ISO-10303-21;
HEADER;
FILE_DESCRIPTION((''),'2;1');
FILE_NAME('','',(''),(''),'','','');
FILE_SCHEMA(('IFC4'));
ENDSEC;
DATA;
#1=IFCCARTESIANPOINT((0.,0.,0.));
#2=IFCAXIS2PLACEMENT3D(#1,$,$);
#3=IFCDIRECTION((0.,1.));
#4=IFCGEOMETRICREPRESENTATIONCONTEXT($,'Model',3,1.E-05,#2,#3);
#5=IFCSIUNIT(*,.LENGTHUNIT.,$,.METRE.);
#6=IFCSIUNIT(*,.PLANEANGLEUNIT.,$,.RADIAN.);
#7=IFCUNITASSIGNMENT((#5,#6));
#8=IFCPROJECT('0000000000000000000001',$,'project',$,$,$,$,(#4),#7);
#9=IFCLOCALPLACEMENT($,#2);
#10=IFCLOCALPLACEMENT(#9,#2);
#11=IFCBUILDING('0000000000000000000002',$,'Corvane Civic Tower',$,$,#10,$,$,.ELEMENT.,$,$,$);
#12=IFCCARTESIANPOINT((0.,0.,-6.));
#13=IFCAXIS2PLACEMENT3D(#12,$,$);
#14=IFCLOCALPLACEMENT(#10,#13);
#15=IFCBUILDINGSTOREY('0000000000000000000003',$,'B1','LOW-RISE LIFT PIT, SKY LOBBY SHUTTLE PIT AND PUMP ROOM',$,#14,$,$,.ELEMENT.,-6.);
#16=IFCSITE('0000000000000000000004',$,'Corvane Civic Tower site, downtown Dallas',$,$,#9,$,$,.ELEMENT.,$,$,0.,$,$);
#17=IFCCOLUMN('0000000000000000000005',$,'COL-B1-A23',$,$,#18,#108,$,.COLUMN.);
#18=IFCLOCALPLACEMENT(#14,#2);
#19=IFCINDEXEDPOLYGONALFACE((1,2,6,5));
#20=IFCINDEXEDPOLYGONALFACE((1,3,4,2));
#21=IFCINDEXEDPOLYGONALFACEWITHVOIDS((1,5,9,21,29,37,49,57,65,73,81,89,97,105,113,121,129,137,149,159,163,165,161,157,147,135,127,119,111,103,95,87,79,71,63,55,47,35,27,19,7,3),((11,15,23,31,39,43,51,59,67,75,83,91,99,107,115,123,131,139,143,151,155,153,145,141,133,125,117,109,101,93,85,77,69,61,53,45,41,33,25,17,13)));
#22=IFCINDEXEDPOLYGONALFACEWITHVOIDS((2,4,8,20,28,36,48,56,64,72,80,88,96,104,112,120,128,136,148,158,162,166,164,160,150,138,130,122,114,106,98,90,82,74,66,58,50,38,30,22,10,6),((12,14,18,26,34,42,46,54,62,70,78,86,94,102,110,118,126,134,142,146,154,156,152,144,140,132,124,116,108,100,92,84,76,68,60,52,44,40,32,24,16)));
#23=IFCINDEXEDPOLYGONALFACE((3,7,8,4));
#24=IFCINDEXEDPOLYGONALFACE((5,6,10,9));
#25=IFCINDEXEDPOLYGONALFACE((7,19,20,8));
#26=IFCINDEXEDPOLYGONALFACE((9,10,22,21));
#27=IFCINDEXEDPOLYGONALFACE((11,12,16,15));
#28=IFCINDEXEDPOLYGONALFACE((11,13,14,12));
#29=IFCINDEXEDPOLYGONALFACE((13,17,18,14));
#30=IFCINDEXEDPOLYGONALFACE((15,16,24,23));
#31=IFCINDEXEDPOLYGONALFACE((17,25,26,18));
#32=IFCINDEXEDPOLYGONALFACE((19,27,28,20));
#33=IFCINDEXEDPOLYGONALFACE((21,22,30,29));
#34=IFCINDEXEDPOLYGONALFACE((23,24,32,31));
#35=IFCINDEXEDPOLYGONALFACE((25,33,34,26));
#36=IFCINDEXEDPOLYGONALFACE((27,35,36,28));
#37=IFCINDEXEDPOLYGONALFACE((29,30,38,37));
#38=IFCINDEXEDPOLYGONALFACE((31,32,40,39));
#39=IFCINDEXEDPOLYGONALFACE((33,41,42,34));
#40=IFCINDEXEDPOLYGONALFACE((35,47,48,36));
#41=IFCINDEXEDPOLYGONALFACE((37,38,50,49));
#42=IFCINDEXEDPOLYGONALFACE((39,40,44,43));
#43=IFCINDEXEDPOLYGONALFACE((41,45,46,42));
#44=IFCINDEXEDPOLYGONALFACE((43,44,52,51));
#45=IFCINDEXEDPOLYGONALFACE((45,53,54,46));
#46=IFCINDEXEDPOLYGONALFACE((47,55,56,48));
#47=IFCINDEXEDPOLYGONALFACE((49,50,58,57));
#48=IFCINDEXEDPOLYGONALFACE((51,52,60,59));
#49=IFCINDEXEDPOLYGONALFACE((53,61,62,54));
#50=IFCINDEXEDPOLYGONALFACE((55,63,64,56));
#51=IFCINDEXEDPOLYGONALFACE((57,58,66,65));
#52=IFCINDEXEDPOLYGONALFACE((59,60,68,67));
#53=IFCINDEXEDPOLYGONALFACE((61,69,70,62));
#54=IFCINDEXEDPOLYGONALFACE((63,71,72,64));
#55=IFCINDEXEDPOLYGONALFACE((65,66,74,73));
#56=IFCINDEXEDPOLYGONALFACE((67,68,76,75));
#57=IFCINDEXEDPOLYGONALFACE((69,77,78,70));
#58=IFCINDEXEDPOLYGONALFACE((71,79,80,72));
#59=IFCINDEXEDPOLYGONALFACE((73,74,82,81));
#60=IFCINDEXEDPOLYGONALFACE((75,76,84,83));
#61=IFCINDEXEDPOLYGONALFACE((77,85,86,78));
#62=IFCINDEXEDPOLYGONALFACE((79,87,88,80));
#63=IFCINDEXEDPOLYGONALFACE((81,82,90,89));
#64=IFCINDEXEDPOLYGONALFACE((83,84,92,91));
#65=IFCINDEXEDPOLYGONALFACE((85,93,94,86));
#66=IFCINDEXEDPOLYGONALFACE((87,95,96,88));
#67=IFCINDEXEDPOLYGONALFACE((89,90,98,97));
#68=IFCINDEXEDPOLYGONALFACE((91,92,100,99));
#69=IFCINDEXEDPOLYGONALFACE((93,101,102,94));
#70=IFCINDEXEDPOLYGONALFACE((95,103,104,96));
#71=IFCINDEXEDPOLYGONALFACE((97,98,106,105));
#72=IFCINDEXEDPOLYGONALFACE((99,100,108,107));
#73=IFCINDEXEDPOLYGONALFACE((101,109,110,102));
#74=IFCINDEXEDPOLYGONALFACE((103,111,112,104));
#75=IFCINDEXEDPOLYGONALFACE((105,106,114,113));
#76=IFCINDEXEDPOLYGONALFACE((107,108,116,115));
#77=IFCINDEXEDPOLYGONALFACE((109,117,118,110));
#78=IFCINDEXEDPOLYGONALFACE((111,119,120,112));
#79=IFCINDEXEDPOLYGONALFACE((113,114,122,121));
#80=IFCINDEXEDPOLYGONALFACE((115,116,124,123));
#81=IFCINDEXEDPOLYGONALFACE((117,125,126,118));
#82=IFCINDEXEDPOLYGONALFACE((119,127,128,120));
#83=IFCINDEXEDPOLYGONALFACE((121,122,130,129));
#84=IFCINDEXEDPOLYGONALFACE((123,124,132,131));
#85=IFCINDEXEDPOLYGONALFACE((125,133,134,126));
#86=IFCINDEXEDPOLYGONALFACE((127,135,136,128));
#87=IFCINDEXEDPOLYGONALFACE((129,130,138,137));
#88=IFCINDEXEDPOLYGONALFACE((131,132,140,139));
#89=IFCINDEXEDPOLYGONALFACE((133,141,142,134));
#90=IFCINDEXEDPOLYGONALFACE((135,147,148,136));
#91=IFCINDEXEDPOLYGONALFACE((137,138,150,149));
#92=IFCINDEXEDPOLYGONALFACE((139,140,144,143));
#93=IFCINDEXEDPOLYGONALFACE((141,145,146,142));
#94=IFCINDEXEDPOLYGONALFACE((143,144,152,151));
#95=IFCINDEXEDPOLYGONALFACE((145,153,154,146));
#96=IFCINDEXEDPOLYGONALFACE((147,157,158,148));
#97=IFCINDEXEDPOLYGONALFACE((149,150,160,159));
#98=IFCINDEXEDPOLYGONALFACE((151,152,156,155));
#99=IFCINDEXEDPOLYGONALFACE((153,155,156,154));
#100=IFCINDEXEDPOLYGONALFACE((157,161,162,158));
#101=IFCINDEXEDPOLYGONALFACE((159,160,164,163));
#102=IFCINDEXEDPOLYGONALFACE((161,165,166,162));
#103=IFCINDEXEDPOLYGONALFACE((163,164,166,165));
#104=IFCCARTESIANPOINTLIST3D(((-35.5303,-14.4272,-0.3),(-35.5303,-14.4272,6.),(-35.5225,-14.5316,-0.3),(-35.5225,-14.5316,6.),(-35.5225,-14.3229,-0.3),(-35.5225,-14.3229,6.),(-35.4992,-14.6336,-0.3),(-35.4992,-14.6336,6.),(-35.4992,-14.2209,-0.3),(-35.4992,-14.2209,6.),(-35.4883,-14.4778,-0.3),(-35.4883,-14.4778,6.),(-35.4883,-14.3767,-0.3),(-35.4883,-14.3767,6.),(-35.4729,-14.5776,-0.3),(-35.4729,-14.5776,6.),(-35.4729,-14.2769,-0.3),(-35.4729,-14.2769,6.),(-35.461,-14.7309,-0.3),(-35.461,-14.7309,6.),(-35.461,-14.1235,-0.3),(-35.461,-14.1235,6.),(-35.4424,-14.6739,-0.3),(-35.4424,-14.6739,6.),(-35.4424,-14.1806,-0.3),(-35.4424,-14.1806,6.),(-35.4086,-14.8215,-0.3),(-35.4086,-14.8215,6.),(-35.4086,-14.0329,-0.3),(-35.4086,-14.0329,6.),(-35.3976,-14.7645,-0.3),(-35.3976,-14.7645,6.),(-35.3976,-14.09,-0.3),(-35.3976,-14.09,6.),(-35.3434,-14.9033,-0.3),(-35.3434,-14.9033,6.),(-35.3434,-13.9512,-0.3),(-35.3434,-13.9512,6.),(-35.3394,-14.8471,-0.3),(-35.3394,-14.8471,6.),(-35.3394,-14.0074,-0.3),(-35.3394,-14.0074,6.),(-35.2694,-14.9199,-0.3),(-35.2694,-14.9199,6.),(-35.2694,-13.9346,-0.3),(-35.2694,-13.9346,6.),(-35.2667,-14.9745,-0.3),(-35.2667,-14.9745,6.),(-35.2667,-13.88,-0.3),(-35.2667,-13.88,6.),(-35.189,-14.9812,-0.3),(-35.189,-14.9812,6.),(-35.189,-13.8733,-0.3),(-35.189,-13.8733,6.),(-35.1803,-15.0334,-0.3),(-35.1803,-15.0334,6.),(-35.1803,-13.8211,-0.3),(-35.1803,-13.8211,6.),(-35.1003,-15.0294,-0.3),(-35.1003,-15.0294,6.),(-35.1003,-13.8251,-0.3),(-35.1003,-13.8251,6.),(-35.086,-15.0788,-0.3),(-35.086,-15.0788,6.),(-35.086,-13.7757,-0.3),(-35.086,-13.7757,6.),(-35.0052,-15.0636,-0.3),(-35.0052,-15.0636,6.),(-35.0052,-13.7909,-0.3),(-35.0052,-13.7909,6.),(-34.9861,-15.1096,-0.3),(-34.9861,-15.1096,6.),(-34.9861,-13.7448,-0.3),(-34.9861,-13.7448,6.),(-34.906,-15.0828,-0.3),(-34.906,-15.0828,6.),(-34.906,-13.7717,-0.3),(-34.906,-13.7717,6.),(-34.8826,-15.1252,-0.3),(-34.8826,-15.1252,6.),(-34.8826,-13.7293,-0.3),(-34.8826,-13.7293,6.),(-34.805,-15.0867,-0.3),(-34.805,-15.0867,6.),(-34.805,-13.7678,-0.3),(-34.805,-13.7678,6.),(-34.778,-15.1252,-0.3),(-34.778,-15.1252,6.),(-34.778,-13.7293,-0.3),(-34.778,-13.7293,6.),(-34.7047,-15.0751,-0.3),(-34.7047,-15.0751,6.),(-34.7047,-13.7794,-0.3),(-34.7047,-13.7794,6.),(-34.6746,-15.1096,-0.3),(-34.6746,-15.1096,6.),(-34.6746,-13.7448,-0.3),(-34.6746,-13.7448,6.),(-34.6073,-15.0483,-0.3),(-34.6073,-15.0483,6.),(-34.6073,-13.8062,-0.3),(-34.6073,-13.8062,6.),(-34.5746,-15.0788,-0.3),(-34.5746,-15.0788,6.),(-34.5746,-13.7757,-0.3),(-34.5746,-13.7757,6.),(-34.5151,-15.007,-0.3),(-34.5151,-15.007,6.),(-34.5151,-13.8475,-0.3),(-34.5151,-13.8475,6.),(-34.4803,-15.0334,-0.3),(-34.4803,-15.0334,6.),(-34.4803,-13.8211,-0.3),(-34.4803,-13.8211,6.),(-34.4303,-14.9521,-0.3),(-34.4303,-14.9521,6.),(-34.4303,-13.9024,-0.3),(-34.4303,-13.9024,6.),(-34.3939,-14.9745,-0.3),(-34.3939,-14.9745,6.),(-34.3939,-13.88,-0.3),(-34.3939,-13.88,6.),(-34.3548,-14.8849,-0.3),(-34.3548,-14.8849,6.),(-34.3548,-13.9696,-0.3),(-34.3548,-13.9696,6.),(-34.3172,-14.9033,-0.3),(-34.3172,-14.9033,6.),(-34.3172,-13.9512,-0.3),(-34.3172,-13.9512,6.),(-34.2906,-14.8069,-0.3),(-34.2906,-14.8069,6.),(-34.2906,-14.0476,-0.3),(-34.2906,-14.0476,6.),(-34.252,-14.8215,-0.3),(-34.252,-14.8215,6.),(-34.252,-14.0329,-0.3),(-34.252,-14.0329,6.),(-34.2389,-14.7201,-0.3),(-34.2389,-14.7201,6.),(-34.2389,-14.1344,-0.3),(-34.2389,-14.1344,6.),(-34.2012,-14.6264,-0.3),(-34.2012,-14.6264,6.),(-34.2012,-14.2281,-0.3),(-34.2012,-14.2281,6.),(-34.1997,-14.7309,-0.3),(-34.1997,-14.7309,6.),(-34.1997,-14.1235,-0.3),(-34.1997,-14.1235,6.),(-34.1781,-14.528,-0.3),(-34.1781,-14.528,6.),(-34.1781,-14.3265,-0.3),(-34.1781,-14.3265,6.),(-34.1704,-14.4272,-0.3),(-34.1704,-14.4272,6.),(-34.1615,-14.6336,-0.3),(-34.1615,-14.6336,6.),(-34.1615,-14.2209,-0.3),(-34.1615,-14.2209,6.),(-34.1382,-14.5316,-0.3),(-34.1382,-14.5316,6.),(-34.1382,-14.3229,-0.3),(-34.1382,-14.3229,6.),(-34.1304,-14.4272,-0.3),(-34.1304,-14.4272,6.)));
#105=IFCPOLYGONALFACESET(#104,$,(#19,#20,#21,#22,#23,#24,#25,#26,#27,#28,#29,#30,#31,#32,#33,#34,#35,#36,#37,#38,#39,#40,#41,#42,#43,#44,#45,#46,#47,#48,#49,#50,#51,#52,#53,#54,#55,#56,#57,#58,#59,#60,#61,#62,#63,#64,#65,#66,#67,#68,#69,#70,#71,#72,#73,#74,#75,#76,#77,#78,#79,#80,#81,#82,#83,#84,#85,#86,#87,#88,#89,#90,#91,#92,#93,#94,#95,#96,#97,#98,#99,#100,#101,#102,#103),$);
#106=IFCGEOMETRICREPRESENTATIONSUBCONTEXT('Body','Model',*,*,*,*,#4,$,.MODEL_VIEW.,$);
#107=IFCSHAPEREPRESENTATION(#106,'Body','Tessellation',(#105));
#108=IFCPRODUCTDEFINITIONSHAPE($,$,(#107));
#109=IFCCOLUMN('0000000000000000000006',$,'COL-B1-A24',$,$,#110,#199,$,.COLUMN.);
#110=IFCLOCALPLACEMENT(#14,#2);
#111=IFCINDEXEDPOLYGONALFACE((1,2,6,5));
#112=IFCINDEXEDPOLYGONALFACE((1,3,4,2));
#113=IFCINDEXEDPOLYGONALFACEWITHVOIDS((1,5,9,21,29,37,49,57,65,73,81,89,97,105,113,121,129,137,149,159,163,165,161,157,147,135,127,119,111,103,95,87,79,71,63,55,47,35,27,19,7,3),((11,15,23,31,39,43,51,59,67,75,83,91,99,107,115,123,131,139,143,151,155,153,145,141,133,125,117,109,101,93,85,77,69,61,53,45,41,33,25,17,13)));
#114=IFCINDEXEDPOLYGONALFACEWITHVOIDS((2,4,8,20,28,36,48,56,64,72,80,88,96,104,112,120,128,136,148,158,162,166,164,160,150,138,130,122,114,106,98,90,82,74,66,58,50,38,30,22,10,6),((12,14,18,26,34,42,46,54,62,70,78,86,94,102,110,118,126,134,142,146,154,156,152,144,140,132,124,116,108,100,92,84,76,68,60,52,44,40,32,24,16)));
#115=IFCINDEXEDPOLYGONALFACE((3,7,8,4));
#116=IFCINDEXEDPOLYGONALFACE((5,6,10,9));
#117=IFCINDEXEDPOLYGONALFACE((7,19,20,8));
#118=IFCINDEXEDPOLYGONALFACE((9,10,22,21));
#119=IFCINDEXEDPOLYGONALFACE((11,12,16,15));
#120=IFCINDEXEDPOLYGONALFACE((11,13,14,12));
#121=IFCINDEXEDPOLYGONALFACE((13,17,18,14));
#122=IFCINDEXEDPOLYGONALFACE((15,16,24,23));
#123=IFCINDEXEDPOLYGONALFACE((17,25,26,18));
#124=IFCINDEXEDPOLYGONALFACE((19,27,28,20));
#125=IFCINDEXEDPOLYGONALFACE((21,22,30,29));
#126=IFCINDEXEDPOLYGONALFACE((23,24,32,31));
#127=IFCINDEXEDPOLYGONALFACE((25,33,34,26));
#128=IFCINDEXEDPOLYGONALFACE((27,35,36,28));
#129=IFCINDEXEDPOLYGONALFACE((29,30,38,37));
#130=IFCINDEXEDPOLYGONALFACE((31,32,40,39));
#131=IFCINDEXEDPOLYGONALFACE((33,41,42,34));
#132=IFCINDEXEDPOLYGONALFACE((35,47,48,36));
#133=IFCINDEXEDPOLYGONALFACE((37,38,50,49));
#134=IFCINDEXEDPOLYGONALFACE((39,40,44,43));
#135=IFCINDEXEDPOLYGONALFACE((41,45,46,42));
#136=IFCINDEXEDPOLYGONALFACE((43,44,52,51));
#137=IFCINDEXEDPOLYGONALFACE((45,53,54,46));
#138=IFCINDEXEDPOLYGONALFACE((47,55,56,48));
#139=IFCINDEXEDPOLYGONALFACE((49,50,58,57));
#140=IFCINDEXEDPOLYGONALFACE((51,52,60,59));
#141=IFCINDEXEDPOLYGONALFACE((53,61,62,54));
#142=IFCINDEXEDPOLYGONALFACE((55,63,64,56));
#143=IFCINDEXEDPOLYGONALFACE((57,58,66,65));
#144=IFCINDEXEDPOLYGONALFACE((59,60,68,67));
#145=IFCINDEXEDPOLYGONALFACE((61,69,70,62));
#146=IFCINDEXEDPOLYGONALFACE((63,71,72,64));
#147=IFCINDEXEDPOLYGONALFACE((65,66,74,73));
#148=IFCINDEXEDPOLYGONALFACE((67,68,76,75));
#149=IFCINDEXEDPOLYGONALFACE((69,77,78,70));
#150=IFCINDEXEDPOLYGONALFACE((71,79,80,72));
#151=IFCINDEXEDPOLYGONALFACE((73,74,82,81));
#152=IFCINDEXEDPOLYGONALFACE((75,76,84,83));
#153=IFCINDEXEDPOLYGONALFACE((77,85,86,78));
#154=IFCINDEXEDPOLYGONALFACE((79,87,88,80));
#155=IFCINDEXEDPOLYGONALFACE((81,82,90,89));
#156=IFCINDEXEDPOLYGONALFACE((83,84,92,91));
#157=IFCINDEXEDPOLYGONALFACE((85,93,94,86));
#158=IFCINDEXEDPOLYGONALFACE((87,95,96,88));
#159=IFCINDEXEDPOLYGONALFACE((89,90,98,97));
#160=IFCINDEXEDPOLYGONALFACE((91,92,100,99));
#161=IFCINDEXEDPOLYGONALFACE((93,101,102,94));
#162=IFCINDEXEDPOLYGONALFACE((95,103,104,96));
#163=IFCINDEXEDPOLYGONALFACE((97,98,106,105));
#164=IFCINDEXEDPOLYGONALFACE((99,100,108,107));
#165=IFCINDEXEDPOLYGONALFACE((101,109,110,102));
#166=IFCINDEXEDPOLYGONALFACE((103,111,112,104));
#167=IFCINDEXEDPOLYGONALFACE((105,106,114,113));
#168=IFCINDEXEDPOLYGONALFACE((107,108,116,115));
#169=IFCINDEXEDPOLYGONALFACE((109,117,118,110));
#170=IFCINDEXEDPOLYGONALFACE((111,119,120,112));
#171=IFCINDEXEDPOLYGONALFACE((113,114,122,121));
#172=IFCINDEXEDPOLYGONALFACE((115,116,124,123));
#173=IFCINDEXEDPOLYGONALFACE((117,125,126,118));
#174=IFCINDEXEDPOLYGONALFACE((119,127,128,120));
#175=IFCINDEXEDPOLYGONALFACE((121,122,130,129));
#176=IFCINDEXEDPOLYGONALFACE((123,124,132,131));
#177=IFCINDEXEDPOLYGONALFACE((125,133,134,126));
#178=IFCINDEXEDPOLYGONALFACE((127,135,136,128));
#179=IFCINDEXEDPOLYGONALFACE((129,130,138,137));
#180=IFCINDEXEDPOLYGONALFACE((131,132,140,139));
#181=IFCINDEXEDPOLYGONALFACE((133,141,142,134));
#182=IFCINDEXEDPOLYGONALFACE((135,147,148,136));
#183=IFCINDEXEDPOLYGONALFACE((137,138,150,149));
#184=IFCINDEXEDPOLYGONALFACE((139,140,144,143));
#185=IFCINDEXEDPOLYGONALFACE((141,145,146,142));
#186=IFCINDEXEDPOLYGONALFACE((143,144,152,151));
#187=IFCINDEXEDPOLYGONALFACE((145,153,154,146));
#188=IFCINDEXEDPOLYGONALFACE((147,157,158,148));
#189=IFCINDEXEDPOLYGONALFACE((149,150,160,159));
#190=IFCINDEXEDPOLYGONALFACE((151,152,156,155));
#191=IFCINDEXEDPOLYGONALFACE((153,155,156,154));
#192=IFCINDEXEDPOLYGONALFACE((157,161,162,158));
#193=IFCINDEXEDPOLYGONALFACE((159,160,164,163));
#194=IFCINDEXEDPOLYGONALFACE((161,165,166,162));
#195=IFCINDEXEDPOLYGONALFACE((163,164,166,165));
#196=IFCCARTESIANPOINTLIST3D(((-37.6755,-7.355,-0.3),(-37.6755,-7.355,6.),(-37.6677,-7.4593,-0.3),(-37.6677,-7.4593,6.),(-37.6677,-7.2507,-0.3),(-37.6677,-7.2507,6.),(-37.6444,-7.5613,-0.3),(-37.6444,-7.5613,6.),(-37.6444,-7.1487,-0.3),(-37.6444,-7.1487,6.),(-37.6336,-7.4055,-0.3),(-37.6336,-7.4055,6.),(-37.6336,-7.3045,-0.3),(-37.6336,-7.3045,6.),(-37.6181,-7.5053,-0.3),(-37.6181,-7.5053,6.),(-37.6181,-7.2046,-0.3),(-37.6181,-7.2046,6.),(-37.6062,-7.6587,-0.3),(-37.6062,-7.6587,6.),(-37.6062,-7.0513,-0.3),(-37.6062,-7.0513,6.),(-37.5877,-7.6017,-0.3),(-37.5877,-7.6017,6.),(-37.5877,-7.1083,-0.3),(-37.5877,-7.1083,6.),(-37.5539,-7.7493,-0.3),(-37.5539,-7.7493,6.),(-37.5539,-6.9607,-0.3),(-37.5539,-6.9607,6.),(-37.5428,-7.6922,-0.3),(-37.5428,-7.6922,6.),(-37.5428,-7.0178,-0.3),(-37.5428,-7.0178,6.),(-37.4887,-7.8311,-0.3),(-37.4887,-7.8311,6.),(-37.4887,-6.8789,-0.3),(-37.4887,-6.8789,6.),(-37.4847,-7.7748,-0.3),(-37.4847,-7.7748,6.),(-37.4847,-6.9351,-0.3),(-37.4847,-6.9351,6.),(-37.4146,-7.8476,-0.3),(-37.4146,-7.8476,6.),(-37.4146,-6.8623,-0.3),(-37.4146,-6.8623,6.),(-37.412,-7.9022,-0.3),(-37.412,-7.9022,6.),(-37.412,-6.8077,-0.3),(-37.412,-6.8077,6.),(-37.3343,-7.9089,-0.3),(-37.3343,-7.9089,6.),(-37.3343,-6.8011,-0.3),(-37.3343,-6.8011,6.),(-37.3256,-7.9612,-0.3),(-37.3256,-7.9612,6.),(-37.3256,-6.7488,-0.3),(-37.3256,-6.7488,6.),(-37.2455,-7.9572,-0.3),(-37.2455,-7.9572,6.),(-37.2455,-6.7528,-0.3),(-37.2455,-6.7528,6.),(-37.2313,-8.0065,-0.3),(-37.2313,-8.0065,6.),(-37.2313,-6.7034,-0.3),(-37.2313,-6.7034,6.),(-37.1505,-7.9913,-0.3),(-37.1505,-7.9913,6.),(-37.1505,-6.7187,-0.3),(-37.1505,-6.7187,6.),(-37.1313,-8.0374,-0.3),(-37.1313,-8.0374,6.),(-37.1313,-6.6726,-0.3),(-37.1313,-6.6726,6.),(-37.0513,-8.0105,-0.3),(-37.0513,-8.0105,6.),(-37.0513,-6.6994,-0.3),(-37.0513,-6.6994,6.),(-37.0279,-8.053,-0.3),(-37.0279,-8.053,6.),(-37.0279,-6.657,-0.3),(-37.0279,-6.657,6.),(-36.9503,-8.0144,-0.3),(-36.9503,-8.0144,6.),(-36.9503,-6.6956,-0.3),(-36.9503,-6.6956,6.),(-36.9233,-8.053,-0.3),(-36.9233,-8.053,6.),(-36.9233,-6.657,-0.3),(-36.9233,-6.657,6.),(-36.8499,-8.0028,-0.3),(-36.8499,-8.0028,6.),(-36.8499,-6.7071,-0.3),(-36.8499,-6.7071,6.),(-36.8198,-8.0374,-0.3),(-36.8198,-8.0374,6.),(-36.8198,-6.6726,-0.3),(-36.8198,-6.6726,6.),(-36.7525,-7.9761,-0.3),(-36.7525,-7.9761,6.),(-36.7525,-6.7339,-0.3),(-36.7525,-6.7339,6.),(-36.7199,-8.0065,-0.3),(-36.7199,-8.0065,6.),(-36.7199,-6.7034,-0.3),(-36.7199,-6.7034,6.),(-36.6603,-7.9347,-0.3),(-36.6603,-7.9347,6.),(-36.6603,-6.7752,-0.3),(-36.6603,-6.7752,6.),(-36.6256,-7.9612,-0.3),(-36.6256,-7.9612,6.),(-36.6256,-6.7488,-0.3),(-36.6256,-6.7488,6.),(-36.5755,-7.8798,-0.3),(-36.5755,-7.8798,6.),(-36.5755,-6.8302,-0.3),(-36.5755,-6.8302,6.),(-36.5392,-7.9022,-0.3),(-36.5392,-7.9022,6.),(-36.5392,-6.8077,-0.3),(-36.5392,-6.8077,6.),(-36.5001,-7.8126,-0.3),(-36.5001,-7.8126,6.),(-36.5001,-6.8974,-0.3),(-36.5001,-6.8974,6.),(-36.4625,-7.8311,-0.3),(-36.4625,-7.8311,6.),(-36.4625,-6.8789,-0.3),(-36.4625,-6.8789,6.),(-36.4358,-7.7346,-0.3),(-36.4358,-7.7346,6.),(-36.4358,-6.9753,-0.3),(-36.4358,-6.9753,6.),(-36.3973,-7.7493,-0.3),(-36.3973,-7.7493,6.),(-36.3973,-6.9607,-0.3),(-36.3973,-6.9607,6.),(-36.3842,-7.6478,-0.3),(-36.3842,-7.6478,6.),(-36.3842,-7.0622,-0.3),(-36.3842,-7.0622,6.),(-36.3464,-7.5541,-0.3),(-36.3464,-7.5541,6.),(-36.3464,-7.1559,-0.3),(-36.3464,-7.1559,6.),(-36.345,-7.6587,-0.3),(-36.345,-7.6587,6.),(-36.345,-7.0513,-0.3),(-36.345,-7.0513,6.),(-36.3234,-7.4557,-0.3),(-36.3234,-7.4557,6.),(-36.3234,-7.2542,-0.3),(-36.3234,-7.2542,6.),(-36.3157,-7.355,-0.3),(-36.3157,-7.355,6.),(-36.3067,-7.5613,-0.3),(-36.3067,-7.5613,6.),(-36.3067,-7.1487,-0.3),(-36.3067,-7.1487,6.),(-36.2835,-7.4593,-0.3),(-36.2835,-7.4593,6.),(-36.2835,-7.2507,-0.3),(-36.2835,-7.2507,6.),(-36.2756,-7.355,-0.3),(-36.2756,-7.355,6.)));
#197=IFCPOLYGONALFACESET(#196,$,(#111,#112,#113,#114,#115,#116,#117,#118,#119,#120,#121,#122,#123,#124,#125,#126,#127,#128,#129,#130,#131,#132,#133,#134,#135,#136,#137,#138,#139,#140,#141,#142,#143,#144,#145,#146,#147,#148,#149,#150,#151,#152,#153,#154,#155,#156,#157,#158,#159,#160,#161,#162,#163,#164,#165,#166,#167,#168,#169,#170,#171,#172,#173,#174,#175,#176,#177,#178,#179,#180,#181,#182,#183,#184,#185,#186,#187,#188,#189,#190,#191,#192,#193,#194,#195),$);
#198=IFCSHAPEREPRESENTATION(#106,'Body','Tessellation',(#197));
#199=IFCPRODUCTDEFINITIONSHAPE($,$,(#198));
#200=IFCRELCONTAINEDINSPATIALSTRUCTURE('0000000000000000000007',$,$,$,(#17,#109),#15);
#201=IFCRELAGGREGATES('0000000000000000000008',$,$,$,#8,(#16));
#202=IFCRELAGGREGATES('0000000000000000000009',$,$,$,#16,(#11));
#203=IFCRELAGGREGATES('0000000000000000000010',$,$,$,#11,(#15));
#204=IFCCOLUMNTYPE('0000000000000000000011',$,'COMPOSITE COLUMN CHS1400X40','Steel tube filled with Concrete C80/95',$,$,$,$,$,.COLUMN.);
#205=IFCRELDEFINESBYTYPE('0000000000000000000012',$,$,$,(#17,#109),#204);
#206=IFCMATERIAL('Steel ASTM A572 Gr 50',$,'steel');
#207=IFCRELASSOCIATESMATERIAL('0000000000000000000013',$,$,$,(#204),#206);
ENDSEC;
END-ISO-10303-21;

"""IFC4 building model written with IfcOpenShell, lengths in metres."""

from ifc_helpers import new_model, si_unit, direction, frame, origin, origin_2d, place, context, subcontext, project, spatial, hollow_circle, extrude, material, material_profile, profile_set, type_object, element, save


model = new_model("IFC4")

# Units and contexts
model_context = context("Model", 3, precision=1e-05, world=origin(), true_north=direction((0.0, 1.0)))
body_context = subcontext(model_context, "Body", "Model", "MODEL_VIEW")
ifc_project = project(units=[si_unit("LENGTHUNIT", "METRE"), si_unit("PLANEANGLEUNIT", "RADIAN")], contexts=[model_context])

# Site, building, storey
site_placement = place(None, origin())
site = spatial("IfcSite", under=ifc_project, at=site_placement, Name="Corvane Civic Tower site, downtown Dallas", CompositionType="ELEMENT", RefElevation=0.0)
building_placement = place(site_placement, origin())
building = spatial("IfcBuilding", under=site, at=building_placement, Name="Corvane Civic Tower", CompositionType="ELEMENT")
storey_placement = place(building_placement, frame((0.0, 0.0, -6.0)))
storey = spatial("IfcBuildingStorey", under=building, at=storey_placement, Name="B1", Description="LOW-RISE LIFT PIT, SKY LOBBY SHUTTLE PIT AND PUMP ROOM", CompositionType="ELEMENT", Elevation=-6.0)

# Columns
ifc_material_1 = material(Name="Steel ASTM A572 Gr 50", Category="steel")
ifc_material_profile_1 = material_profile(ifc_material_1, hollow_circle(Radius=0.7, WallThickness=0.04, at=origin_2d()), Name="CHS1400X40")
ifc_profile_set_1 = profile_set([ifc_material_profile_1], Name="Steel ASTM A572 Gr 50")
column_type = type_object("IfcColumnType", Name="COMPOSITE COLUMN CHS1400X40", Description="Steel tube filled with Concrete C80/95", PredefinedType="COLUMN", material=ifc_profile_set_1)
for number, where, z_axis, x_axis, name in (
    (1, (-34.8303, -14.4272, -0.3), (0.0, 0.0, 1.0), (1.0, 0.0, 0.0), "COL-B1-A23"),
    (2, (-36.9756, -7.355, -0.3), (0.0, 0.0, 1.0), (1.0, 0.0, 0.0), "COL-B1-A24"),
):
    element("IfcColumn", number, at=place(storey_placement, frame(where, z_axis=z_axis, x_axis=x_axis)), inside=storey, type_object=column_type, Name=name, PredefinedType="COLUMN", context=body_context, shape_type="SweptSolid", body=[
        extrude(hollow_circle(Radius=0.7, WallThickness=0.04, at=origin_2d()), origin(), (0.0, 0.0, 1.0), 6.3),
    ])

save(model, "model.ifc")
